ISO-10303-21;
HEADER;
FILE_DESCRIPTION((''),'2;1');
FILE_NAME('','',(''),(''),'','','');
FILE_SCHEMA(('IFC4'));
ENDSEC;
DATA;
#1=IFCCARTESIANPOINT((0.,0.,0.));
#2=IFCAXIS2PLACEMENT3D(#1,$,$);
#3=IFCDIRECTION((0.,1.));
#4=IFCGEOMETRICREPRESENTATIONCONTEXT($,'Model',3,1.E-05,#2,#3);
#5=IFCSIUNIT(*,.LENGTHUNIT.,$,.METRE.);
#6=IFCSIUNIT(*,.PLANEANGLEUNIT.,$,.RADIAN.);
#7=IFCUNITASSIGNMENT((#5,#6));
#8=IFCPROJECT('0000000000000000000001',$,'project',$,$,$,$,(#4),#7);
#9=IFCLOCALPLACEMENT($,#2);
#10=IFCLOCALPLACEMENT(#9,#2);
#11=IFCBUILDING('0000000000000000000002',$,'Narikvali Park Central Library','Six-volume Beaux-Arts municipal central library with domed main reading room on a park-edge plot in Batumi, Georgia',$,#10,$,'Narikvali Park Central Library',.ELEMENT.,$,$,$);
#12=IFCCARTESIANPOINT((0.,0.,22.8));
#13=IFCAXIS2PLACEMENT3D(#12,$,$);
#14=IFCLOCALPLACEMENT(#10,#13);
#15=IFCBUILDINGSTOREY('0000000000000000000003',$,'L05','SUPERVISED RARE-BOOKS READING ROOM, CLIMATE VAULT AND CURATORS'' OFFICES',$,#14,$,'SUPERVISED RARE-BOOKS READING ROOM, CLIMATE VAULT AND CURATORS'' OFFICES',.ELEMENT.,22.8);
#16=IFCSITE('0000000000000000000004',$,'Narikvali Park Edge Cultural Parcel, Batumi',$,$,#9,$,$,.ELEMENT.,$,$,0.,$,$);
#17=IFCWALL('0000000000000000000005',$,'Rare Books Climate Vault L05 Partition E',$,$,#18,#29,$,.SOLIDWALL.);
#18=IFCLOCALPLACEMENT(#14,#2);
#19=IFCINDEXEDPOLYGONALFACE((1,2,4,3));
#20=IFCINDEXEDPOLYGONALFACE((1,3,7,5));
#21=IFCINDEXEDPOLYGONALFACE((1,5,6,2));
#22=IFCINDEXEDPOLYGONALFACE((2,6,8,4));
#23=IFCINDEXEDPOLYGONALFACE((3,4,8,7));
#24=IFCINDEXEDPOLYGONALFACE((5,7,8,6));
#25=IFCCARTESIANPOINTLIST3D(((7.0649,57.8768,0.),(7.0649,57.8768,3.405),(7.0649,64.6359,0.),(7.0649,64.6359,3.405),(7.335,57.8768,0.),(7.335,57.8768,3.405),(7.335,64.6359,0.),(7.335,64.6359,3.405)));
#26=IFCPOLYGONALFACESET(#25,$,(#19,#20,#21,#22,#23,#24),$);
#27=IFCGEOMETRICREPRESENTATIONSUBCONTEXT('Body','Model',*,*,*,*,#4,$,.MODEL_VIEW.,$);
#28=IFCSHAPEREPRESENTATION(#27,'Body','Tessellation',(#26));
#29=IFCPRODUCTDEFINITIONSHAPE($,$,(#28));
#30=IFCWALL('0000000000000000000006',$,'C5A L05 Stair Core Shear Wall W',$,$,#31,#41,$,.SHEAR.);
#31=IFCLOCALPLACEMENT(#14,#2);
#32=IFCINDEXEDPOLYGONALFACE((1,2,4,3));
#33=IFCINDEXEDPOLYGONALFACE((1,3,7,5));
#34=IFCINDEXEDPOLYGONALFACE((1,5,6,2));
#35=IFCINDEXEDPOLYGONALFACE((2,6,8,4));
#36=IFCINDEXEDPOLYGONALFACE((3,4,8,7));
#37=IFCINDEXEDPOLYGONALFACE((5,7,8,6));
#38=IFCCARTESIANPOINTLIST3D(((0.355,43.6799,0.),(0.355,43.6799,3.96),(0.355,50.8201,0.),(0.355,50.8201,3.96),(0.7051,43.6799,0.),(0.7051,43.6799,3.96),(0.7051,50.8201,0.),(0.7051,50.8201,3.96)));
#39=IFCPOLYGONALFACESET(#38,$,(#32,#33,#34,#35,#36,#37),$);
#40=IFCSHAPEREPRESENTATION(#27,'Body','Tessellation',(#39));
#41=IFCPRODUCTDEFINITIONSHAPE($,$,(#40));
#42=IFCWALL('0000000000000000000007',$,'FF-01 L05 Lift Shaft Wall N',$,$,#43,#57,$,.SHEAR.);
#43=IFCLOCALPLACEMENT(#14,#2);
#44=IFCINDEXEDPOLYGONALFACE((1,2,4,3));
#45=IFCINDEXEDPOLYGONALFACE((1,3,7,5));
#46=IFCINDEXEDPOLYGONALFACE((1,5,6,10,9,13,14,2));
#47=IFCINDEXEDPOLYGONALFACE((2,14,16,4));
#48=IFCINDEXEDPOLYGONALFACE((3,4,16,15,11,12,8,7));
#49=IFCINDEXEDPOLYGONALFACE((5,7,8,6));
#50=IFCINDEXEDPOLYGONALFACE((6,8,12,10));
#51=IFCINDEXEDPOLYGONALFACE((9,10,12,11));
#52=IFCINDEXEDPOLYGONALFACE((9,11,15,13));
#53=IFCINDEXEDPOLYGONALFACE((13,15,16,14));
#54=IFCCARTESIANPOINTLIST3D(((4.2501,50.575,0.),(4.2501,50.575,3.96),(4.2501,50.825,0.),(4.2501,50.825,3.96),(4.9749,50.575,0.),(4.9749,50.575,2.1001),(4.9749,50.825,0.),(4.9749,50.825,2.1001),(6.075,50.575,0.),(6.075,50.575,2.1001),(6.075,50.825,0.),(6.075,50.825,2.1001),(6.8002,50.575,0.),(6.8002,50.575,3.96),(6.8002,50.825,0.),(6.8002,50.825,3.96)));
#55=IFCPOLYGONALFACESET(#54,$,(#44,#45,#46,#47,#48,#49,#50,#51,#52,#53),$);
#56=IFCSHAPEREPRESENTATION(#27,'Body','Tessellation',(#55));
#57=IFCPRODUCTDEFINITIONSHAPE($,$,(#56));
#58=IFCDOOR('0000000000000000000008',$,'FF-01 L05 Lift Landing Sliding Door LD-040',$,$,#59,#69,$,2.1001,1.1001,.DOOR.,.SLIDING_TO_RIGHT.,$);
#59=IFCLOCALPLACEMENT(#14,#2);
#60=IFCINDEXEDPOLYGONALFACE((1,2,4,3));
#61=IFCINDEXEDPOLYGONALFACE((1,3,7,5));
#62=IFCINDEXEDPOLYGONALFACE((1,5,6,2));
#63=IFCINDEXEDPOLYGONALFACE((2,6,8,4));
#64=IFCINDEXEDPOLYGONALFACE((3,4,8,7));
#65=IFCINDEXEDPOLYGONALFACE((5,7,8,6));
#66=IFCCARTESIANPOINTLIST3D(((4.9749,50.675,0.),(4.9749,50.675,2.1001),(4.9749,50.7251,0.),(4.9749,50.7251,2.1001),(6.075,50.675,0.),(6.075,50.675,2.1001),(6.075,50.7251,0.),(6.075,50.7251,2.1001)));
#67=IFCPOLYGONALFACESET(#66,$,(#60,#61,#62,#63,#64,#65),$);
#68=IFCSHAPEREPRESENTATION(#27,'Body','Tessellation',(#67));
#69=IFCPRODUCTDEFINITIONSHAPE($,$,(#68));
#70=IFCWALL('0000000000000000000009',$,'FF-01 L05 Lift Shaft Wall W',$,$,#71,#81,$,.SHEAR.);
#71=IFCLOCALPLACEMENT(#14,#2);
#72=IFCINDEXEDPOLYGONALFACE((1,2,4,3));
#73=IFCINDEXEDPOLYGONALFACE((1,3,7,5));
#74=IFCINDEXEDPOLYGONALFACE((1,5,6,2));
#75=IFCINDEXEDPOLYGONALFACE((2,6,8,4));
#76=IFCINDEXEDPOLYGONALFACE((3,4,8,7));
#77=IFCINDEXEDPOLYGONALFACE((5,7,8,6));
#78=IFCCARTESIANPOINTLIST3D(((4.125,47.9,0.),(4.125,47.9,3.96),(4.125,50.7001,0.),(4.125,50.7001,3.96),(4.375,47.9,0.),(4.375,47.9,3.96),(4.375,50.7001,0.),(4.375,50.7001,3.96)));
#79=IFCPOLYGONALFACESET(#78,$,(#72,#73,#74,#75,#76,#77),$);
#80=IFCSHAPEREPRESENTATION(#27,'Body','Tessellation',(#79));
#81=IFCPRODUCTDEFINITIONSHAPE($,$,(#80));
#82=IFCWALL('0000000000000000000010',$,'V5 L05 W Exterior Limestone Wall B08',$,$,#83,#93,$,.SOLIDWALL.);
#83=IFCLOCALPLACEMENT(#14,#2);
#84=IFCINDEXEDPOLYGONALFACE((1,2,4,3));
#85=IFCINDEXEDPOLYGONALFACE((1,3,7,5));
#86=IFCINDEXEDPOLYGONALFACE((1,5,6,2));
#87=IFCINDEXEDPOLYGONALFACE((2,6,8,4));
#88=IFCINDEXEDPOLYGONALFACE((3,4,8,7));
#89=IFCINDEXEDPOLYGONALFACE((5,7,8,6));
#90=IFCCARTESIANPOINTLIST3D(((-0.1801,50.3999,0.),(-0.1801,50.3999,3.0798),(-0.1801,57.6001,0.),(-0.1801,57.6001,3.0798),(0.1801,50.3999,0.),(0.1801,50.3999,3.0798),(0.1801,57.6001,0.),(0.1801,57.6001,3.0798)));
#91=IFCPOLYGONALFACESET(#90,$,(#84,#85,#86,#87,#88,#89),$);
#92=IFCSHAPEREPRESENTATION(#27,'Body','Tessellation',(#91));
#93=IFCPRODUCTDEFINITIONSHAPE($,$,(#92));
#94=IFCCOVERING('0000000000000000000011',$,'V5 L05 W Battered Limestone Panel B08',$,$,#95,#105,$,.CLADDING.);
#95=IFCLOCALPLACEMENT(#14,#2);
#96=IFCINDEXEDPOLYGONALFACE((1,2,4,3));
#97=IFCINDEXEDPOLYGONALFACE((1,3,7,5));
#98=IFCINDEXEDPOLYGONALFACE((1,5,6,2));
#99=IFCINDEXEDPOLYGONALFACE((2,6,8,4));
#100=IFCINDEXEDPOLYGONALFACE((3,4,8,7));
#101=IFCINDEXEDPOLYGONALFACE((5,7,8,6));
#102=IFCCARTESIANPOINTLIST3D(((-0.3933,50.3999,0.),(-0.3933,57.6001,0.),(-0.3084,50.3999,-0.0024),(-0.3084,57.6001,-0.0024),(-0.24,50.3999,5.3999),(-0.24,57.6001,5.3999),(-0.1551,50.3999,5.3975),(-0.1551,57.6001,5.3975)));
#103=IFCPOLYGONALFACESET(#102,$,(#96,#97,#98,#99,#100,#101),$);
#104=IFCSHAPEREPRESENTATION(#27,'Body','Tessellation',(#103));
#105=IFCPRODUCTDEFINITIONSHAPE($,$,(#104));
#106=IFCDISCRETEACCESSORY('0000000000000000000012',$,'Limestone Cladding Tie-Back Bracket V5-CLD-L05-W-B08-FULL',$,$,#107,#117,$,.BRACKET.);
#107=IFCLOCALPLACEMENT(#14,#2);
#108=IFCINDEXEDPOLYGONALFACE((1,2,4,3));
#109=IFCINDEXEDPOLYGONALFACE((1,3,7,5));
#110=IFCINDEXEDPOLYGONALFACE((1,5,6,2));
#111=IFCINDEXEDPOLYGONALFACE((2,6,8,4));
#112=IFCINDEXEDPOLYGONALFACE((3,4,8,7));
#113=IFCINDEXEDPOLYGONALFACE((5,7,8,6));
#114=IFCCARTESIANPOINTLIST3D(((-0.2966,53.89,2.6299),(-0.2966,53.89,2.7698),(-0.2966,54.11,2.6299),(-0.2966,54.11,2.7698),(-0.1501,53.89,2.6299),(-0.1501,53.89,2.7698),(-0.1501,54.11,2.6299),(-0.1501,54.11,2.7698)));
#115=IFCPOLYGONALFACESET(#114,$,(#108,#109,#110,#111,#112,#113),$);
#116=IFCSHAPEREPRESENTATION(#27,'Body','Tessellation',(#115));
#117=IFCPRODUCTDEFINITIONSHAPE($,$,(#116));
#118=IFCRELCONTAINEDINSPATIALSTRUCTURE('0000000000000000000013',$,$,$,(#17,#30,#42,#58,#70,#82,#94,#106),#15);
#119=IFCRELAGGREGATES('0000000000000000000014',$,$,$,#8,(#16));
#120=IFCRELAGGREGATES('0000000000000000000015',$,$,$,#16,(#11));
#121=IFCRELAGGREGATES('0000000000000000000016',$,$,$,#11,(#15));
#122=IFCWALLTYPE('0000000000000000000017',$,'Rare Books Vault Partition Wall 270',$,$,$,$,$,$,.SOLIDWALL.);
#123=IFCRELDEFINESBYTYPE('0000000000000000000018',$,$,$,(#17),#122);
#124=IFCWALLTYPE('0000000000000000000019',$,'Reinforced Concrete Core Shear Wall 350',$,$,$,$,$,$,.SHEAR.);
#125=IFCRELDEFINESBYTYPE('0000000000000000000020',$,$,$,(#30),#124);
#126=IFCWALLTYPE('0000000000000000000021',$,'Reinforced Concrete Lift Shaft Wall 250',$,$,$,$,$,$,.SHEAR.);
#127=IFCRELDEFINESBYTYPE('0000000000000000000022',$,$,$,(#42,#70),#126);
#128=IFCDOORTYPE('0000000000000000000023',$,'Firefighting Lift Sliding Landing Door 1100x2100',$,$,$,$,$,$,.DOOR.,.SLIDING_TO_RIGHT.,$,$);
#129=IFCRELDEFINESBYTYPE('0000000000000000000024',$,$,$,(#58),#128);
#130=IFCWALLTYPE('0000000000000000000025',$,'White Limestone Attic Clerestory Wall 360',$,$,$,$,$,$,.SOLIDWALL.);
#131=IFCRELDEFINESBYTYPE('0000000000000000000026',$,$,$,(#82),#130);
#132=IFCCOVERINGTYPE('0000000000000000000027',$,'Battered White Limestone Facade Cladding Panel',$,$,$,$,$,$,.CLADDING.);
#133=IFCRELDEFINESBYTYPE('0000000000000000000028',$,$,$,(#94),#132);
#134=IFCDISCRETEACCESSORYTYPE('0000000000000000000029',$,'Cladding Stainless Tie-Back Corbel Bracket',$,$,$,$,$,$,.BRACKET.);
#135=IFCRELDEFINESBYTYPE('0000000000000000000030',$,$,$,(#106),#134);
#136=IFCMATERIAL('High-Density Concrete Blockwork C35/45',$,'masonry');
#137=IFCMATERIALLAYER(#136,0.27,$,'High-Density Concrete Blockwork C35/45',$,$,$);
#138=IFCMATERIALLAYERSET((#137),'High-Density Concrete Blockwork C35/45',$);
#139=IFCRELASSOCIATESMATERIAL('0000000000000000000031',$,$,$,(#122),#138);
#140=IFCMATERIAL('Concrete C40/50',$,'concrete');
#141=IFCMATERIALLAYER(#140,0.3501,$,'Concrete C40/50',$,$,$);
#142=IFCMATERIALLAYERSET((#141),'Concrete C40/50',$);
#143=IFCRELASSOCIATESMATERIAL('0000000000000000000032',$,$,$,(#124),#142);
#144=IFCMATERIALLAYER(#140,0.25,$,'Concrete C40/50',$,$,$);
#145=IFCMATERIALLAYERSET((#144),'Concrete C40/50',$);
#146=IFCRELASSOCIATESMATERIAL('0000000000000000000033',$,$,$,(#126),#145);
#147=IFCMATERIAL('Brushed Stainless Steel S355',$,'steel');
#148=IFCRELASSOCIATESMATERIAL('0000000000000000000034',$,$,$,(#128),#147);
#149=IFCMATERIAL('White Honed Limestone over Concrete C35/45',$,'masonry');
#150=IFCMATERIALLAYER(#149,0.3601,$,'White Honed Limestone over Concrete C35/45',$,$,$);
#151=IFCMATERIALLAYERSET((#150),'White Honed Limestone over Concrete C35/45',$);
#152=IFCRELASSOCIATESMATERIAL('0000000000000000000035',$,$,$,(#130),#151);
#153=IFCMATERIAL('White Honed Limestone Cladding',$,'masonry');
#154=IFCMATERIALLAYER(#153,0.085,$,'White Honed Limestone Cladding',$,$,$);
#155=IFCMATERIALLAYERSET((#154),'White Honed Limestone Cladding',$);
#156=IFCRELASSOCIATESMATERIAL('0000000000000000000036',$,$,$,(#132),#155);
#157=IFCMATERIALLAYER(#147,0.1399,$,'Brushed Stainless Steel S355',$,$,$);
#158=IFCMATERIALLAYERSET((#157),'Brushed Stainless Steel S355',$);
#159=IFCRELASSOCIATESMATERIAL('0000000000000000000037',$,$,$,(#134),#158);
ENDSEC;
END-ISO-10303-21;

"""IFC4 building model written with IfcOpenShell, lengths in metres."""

from ifc_helpers import new_model, si_unit, direction, frame, frame_2d, origin, origin_2d, place, context, subcontext, project, spatial, polyline, rectangle, outline, extrude, material, layer, layer_set, type_object, element, fill, save


model = new_model("IFC4")

# Units and contexts
model_context = context("Model", 3, precision=1e-05, world=origin(), true_north=direction((0.0, 1.0)))
body_context = subcontext(model_context, "Body", "Model", "MODEL_VIEW")
ifc_project = project(units=[si_unit("LENGTHUNIT", "METRE"), si_unit("PLANEANGLEUNIT", "RADIAN")], contexts=[model_context])

# Site, building, storey
site_placement = place(None, origin())
site = spatial("IfcSite", under=ifc_project, at=site_placement, Name="Narikvali Park Edge Cultural Parcel, Batumi", CompositionType="ELEMENT", RefElevation=0.0)
building_placement = place(site_placement, origin())
building = spatial("IfcBuilding", under=site, at=building_placement, Name="Narikvali Park Central Library", Description="Six-volume Beaux-Arts municipal central library with domed main reading room on a park-edge plot in Batumi, Georgia", LongName="Narikvali Park Central Library", CompositionType="ELEMENT")
storey_placement = place(building_placement, frame((0.0, 0.0, 22.8)))
storey = spatial("IfcBuildingStorey", under=building, at=storey_placement, Name="L05", Description="SUPERVISED RARE-BOOKS READING ROOM, CLIMATE VAULT AND CURATORS' OFFICES", LongName="SUPERVISED RARE-BOOKS READING ROOM, CLIMATE VAULT AND CURATORS' OFFICES", CompositionType="ELEMENT", Elevation=22.8)

# Wall
ifc_material_1 = material(Name="High-Density Concrete Blockwork C35/45", Category="masonry")
ifc_layer_1 = layer(ifc_material_1, 0.27, Name="High-Density Concrete Blockwork C35/45")
ifc_layer_set_1 = layer_set([ifc_layer_1], Name="High-Density Concrete Blockwork C35/45")
wall_type_1 = type_object("IfcWallType", Name="Rare Books Vault Partition Wall 270", PredefinedType="SOLIDWALL", material=ifc_layer_set_1)
wall_1_placement = place(storey_placement, frame((7.2, 57.877, 0.0), z_axis=(0.0, 0.0, 1.0), x_axis=(0.0, 1.0, 0.0)))
element("IfcWall", 1, at=wall_1_placement, inside=storey, type_object=wall_type_1, Name="Rare Books Climate Vault L05 Partition E", PredefinedType="SOLIDWALL", context=body_context, shape_type="SweptSolid", body=[
    extrude(rectangle(XDim=6.759, YDim=0.27, at=frame_2d((3.3794, 0.0))), origin(), (0.0, 0.0, 1.0), 3.405),
])

# Shared definitions
ifc_material_2 = material(Name="Concrete C40/50", Category="concrete")
ifc_layer_2 = layer(ifc_material_2, 0.3501, Name="Concrete C40/50")
ifc_layer_set_2 = layer_set([ifc_layer_2], Name="Concrete C40/50")
wall_type_2 = type_object("IfcWallType", Name="Reinforced Concrete Core Shear Wall 350", PredefinedType="SHEAR", material=ifc_layer_set_2)

# Wall
wall_2_placement = place(storey_placement, frame((0.53, 50.8201, 0.0), z_axis=(0.0, 0.0, 1.0), x_axis=(0.0, -1.0, 0.0)))
element("IfcWall", 2, at=wall_2_placement, inside=storey, type_object=wall_type_2, Name="C5A L05 Stair Core Shear Wall W", PredefinedType="SHEAR", context=body_context, shape_type="SweptSolid", body=[
    extrude(rectangle(XDim=7.1401, YDim=0.3501, at=frame_2d((3.5701, 0.0))), origin(), (0.0, 0.0, 1.0), 3.96),
])

# Wall, opening, door
ifc_layer_3 = layer(ifc_material_2, 0.25, Name="Concrete C40/50")
ifc_layer_set_3 = layer_set([ifc_layer_3], Name="Concrete C40/50")
wall_type_3 = type_object("IfcWallType", Name="Reinforced Concrete Lift Shaft Wall 250", PredefinedType="SHEAR", material=ifc_layer_set_3)
wall_3_placement = place(storey_placement, frame((6.8, 50.7, 0.0), z_axis=(0.0, 0.0, 1.0), x_axis=(-1.0, 0.0, 0.0)))
wall_3 = element("IfcWall", 3, at=wall_3_placement, inside=storey, type_object=wall_type_3, Name="FF-01 L05 Lift Shaft Wall N", PredefinedType="SHEAR", context=body_context, shape_type="SweptSolid", body=[
    extrude(rectangle(XDim=2.55, YDim=0.25, at=frame_2d((1.2749, 0.0))), origin(), (0.0, 0.0, 1.0), 3.96),
])
opening_1_placement = place(wall_3_placement, frame((0.7251, 0.0, 0.0)))
opening_1 = element("IfcOpeningElement", 4, at=opening_1_placement, cuts=wall_3, PredefinedType="OPENING", context=body_context, shape_type="SweptSolid", body=[
    extrude(rectangle(XDim=1.1001, YDim=2.1001, at=frame_2d((0.55, 1.05))), frame((0.0, 0.137, 0.0), z_axis=(0.0, -1.0, 0.0), x_axis=(1.0, 0.0, 0.0)), (0.0, 0.0, 1.0), 0.2739),
])
ifc_material_3 = material(Name="Brushed Stainless Steel S355", Category="steel")
door_type_1 = type_object("IfcDoorType", Name="Firefighting Lift Sliding Landing Door 1100x2100", OperationType="SLIDING_TO_RIGHT", PredefinedType="DOOR", material=ifc_material_3)
door_1_placement = place(opening_1_placement, origin())
door_1 = element("IfcDoor", 5, at=door_1_placement, inside=storey, type_object=door_type_1, Name="FF-01 L05 Lift Landing Sliding Door LD-040", OperationType="SLIDING_TO_RIGHT", OverallHeight=2.1001, OverallWidth=1.1001, PredefinedType="DOOR", context=body_context, shape_type="SweptSolid", body=[
    extrude(rectangle(XDim=1.1001, YDim=2.1001, at=frame_2d((0.55, 1.05))), frame((0.0, 0.0249, 0.0), z_axis=(0.0, -1.0, 0.0), x_axis=(1.0, 0.0, 0.0)), (0.0, 0.0, 1.0), 0.05),
])
fill(opening_1, door_1)

# Walls
wall_4_placement = place(storey_placement, frame((4.25, 50.7, 0.0), z_axis=(0.0, 0.0, 1.0), x_axis=(0.0, -1.0, 0.0)))
element("IfcWall", 6, at=wall_4_placement, inside=storey, type_object=wall_type_3, Name="FF-01 L05 Lift Shaft Wall W", PredefinedType="SHEAR", context=body_context, shape_type="SweptSolid", body=[
    extrude(rectangle(XDim=2.8, YDim=0.25, at=frame_2d((1.3999, 0.0))), origin(), (0.0, 0.0, 1.0), 3.96),
])
ifc_material_4 = material(Name="White Honed Limestone over Concrete C35/45", Category="masonry")
ifc_layer_4 = layer(ifc_material_4, 0.3601, Name="White Honed Limestone over Concrete C35/45")
ifc_layer_set_4 = layer_set([ifc_layer_4], Name="White Honed Limestone over Concrete C35/45")
wall_type_4 = type_object("IfcWallType", Name="White Limestone Attic Clerestory Wall 360", PredefinedType="SOLIDWALL", material=ifc_layer_set_4)
wall_5_placement = place(storey_placement, frame((0.0, 57.6001, 0.0), z_axis=(0.0, 0.0, 1.0), x_axis=(0.0, -1.0, 0.0)))
element("IfcWall", 7, at=wall_5_placement, inside=storey, type_object=wall_type_4, Name="V5 L05 W Exterior Limestone Wall B08", PredefinedType="SOLIDWALL", context=body_context, shape_type="SweptSolid", body=[
    extrude(rectangle(XDim=7.2002, YDim=0.3601, at=frame_2d((3.6001, 0.0))), origin(), (0.0, 0.0, 1.0), 3.0798),
])

# Covering
ifc_material_5 = material(Name="White Honed Limestone Cladding", Category="masonry")
ifc_layer_5 = layer(ifc_material_5, 0.085, Name="White Honed Limestone Cladding")
ifc_layer_set_5 = layer_set([ifc_layer_5], Name="White Honed Limestone Cladding")
covering_type = type_object("IfcCoveringType", Name="Battered White Limestone Facade Cladding Panel", PredefinedType="CLADDING", material=ifc_layer_set_5)
covering_placement = place(storey_placement, frame((-0.3933, 57.6001, 0.0), z_axis=(-0.999597, 0.0, 0.028382), x_axis=(0.0, -1.0, 0.0)))
element("IfcCovering", 8, at=covering_placement, inside=storey, type_object=covering_type, Name="V5 L05 W Battered Limestone Panel B08", PredefinedType="CLADDING", context=body_context, shape_type="SweptSolid", body=[
    extrude(outline(polyline([(0.0, 0.0), (7.2002, 0.0), (7.2002, 5.4021), (0.0, 5.4021), (0.0, 0.0)])), origin(), (0.0, 0.0, -1.0), 0.085),
])

# Discrete accessory
ifc_layer_6 = layer(ifc_material_3, 0.1399, Name="Brushed Stainless Steel S355")
ifc_layer_set_6 = layer_set([ifc_layer_6], Name="Brushed Stainless Steel S355")
discrete_accessory_type = type_object("IfcDiscreteAccessoryType", Name="Cladding Stainless Tie-Back Corbel Bracket", PredefinedType="BRACKET", material=ifc_layer_set_6)
discrete_accessory_placement = place(storey_placement, frame((-0.2234, 54.0, 2.6299), z_axis=(0.0, 0.0, 1.0), x_axis=(1.0, 0.0, 0.0)))
element("IfcDiscreteAccessory", 9, at=discrete_accessory_placement, inside=storey, type_object=discrete_accessory_type, Name="Limestone Cladding Tie-Back Bracket V5-CLD-L05-W-B08-FULL", PredefinedType="BRACKET", context=body_context, shape_type="SweptSolid", body=[
    extrude(rectangle(XDim=0.1465, YDim=0.22, at=origin_2d()), origin(), (0.0, 0.0, 1.0), 0.1399),
])

save(model, "model.ifc")
